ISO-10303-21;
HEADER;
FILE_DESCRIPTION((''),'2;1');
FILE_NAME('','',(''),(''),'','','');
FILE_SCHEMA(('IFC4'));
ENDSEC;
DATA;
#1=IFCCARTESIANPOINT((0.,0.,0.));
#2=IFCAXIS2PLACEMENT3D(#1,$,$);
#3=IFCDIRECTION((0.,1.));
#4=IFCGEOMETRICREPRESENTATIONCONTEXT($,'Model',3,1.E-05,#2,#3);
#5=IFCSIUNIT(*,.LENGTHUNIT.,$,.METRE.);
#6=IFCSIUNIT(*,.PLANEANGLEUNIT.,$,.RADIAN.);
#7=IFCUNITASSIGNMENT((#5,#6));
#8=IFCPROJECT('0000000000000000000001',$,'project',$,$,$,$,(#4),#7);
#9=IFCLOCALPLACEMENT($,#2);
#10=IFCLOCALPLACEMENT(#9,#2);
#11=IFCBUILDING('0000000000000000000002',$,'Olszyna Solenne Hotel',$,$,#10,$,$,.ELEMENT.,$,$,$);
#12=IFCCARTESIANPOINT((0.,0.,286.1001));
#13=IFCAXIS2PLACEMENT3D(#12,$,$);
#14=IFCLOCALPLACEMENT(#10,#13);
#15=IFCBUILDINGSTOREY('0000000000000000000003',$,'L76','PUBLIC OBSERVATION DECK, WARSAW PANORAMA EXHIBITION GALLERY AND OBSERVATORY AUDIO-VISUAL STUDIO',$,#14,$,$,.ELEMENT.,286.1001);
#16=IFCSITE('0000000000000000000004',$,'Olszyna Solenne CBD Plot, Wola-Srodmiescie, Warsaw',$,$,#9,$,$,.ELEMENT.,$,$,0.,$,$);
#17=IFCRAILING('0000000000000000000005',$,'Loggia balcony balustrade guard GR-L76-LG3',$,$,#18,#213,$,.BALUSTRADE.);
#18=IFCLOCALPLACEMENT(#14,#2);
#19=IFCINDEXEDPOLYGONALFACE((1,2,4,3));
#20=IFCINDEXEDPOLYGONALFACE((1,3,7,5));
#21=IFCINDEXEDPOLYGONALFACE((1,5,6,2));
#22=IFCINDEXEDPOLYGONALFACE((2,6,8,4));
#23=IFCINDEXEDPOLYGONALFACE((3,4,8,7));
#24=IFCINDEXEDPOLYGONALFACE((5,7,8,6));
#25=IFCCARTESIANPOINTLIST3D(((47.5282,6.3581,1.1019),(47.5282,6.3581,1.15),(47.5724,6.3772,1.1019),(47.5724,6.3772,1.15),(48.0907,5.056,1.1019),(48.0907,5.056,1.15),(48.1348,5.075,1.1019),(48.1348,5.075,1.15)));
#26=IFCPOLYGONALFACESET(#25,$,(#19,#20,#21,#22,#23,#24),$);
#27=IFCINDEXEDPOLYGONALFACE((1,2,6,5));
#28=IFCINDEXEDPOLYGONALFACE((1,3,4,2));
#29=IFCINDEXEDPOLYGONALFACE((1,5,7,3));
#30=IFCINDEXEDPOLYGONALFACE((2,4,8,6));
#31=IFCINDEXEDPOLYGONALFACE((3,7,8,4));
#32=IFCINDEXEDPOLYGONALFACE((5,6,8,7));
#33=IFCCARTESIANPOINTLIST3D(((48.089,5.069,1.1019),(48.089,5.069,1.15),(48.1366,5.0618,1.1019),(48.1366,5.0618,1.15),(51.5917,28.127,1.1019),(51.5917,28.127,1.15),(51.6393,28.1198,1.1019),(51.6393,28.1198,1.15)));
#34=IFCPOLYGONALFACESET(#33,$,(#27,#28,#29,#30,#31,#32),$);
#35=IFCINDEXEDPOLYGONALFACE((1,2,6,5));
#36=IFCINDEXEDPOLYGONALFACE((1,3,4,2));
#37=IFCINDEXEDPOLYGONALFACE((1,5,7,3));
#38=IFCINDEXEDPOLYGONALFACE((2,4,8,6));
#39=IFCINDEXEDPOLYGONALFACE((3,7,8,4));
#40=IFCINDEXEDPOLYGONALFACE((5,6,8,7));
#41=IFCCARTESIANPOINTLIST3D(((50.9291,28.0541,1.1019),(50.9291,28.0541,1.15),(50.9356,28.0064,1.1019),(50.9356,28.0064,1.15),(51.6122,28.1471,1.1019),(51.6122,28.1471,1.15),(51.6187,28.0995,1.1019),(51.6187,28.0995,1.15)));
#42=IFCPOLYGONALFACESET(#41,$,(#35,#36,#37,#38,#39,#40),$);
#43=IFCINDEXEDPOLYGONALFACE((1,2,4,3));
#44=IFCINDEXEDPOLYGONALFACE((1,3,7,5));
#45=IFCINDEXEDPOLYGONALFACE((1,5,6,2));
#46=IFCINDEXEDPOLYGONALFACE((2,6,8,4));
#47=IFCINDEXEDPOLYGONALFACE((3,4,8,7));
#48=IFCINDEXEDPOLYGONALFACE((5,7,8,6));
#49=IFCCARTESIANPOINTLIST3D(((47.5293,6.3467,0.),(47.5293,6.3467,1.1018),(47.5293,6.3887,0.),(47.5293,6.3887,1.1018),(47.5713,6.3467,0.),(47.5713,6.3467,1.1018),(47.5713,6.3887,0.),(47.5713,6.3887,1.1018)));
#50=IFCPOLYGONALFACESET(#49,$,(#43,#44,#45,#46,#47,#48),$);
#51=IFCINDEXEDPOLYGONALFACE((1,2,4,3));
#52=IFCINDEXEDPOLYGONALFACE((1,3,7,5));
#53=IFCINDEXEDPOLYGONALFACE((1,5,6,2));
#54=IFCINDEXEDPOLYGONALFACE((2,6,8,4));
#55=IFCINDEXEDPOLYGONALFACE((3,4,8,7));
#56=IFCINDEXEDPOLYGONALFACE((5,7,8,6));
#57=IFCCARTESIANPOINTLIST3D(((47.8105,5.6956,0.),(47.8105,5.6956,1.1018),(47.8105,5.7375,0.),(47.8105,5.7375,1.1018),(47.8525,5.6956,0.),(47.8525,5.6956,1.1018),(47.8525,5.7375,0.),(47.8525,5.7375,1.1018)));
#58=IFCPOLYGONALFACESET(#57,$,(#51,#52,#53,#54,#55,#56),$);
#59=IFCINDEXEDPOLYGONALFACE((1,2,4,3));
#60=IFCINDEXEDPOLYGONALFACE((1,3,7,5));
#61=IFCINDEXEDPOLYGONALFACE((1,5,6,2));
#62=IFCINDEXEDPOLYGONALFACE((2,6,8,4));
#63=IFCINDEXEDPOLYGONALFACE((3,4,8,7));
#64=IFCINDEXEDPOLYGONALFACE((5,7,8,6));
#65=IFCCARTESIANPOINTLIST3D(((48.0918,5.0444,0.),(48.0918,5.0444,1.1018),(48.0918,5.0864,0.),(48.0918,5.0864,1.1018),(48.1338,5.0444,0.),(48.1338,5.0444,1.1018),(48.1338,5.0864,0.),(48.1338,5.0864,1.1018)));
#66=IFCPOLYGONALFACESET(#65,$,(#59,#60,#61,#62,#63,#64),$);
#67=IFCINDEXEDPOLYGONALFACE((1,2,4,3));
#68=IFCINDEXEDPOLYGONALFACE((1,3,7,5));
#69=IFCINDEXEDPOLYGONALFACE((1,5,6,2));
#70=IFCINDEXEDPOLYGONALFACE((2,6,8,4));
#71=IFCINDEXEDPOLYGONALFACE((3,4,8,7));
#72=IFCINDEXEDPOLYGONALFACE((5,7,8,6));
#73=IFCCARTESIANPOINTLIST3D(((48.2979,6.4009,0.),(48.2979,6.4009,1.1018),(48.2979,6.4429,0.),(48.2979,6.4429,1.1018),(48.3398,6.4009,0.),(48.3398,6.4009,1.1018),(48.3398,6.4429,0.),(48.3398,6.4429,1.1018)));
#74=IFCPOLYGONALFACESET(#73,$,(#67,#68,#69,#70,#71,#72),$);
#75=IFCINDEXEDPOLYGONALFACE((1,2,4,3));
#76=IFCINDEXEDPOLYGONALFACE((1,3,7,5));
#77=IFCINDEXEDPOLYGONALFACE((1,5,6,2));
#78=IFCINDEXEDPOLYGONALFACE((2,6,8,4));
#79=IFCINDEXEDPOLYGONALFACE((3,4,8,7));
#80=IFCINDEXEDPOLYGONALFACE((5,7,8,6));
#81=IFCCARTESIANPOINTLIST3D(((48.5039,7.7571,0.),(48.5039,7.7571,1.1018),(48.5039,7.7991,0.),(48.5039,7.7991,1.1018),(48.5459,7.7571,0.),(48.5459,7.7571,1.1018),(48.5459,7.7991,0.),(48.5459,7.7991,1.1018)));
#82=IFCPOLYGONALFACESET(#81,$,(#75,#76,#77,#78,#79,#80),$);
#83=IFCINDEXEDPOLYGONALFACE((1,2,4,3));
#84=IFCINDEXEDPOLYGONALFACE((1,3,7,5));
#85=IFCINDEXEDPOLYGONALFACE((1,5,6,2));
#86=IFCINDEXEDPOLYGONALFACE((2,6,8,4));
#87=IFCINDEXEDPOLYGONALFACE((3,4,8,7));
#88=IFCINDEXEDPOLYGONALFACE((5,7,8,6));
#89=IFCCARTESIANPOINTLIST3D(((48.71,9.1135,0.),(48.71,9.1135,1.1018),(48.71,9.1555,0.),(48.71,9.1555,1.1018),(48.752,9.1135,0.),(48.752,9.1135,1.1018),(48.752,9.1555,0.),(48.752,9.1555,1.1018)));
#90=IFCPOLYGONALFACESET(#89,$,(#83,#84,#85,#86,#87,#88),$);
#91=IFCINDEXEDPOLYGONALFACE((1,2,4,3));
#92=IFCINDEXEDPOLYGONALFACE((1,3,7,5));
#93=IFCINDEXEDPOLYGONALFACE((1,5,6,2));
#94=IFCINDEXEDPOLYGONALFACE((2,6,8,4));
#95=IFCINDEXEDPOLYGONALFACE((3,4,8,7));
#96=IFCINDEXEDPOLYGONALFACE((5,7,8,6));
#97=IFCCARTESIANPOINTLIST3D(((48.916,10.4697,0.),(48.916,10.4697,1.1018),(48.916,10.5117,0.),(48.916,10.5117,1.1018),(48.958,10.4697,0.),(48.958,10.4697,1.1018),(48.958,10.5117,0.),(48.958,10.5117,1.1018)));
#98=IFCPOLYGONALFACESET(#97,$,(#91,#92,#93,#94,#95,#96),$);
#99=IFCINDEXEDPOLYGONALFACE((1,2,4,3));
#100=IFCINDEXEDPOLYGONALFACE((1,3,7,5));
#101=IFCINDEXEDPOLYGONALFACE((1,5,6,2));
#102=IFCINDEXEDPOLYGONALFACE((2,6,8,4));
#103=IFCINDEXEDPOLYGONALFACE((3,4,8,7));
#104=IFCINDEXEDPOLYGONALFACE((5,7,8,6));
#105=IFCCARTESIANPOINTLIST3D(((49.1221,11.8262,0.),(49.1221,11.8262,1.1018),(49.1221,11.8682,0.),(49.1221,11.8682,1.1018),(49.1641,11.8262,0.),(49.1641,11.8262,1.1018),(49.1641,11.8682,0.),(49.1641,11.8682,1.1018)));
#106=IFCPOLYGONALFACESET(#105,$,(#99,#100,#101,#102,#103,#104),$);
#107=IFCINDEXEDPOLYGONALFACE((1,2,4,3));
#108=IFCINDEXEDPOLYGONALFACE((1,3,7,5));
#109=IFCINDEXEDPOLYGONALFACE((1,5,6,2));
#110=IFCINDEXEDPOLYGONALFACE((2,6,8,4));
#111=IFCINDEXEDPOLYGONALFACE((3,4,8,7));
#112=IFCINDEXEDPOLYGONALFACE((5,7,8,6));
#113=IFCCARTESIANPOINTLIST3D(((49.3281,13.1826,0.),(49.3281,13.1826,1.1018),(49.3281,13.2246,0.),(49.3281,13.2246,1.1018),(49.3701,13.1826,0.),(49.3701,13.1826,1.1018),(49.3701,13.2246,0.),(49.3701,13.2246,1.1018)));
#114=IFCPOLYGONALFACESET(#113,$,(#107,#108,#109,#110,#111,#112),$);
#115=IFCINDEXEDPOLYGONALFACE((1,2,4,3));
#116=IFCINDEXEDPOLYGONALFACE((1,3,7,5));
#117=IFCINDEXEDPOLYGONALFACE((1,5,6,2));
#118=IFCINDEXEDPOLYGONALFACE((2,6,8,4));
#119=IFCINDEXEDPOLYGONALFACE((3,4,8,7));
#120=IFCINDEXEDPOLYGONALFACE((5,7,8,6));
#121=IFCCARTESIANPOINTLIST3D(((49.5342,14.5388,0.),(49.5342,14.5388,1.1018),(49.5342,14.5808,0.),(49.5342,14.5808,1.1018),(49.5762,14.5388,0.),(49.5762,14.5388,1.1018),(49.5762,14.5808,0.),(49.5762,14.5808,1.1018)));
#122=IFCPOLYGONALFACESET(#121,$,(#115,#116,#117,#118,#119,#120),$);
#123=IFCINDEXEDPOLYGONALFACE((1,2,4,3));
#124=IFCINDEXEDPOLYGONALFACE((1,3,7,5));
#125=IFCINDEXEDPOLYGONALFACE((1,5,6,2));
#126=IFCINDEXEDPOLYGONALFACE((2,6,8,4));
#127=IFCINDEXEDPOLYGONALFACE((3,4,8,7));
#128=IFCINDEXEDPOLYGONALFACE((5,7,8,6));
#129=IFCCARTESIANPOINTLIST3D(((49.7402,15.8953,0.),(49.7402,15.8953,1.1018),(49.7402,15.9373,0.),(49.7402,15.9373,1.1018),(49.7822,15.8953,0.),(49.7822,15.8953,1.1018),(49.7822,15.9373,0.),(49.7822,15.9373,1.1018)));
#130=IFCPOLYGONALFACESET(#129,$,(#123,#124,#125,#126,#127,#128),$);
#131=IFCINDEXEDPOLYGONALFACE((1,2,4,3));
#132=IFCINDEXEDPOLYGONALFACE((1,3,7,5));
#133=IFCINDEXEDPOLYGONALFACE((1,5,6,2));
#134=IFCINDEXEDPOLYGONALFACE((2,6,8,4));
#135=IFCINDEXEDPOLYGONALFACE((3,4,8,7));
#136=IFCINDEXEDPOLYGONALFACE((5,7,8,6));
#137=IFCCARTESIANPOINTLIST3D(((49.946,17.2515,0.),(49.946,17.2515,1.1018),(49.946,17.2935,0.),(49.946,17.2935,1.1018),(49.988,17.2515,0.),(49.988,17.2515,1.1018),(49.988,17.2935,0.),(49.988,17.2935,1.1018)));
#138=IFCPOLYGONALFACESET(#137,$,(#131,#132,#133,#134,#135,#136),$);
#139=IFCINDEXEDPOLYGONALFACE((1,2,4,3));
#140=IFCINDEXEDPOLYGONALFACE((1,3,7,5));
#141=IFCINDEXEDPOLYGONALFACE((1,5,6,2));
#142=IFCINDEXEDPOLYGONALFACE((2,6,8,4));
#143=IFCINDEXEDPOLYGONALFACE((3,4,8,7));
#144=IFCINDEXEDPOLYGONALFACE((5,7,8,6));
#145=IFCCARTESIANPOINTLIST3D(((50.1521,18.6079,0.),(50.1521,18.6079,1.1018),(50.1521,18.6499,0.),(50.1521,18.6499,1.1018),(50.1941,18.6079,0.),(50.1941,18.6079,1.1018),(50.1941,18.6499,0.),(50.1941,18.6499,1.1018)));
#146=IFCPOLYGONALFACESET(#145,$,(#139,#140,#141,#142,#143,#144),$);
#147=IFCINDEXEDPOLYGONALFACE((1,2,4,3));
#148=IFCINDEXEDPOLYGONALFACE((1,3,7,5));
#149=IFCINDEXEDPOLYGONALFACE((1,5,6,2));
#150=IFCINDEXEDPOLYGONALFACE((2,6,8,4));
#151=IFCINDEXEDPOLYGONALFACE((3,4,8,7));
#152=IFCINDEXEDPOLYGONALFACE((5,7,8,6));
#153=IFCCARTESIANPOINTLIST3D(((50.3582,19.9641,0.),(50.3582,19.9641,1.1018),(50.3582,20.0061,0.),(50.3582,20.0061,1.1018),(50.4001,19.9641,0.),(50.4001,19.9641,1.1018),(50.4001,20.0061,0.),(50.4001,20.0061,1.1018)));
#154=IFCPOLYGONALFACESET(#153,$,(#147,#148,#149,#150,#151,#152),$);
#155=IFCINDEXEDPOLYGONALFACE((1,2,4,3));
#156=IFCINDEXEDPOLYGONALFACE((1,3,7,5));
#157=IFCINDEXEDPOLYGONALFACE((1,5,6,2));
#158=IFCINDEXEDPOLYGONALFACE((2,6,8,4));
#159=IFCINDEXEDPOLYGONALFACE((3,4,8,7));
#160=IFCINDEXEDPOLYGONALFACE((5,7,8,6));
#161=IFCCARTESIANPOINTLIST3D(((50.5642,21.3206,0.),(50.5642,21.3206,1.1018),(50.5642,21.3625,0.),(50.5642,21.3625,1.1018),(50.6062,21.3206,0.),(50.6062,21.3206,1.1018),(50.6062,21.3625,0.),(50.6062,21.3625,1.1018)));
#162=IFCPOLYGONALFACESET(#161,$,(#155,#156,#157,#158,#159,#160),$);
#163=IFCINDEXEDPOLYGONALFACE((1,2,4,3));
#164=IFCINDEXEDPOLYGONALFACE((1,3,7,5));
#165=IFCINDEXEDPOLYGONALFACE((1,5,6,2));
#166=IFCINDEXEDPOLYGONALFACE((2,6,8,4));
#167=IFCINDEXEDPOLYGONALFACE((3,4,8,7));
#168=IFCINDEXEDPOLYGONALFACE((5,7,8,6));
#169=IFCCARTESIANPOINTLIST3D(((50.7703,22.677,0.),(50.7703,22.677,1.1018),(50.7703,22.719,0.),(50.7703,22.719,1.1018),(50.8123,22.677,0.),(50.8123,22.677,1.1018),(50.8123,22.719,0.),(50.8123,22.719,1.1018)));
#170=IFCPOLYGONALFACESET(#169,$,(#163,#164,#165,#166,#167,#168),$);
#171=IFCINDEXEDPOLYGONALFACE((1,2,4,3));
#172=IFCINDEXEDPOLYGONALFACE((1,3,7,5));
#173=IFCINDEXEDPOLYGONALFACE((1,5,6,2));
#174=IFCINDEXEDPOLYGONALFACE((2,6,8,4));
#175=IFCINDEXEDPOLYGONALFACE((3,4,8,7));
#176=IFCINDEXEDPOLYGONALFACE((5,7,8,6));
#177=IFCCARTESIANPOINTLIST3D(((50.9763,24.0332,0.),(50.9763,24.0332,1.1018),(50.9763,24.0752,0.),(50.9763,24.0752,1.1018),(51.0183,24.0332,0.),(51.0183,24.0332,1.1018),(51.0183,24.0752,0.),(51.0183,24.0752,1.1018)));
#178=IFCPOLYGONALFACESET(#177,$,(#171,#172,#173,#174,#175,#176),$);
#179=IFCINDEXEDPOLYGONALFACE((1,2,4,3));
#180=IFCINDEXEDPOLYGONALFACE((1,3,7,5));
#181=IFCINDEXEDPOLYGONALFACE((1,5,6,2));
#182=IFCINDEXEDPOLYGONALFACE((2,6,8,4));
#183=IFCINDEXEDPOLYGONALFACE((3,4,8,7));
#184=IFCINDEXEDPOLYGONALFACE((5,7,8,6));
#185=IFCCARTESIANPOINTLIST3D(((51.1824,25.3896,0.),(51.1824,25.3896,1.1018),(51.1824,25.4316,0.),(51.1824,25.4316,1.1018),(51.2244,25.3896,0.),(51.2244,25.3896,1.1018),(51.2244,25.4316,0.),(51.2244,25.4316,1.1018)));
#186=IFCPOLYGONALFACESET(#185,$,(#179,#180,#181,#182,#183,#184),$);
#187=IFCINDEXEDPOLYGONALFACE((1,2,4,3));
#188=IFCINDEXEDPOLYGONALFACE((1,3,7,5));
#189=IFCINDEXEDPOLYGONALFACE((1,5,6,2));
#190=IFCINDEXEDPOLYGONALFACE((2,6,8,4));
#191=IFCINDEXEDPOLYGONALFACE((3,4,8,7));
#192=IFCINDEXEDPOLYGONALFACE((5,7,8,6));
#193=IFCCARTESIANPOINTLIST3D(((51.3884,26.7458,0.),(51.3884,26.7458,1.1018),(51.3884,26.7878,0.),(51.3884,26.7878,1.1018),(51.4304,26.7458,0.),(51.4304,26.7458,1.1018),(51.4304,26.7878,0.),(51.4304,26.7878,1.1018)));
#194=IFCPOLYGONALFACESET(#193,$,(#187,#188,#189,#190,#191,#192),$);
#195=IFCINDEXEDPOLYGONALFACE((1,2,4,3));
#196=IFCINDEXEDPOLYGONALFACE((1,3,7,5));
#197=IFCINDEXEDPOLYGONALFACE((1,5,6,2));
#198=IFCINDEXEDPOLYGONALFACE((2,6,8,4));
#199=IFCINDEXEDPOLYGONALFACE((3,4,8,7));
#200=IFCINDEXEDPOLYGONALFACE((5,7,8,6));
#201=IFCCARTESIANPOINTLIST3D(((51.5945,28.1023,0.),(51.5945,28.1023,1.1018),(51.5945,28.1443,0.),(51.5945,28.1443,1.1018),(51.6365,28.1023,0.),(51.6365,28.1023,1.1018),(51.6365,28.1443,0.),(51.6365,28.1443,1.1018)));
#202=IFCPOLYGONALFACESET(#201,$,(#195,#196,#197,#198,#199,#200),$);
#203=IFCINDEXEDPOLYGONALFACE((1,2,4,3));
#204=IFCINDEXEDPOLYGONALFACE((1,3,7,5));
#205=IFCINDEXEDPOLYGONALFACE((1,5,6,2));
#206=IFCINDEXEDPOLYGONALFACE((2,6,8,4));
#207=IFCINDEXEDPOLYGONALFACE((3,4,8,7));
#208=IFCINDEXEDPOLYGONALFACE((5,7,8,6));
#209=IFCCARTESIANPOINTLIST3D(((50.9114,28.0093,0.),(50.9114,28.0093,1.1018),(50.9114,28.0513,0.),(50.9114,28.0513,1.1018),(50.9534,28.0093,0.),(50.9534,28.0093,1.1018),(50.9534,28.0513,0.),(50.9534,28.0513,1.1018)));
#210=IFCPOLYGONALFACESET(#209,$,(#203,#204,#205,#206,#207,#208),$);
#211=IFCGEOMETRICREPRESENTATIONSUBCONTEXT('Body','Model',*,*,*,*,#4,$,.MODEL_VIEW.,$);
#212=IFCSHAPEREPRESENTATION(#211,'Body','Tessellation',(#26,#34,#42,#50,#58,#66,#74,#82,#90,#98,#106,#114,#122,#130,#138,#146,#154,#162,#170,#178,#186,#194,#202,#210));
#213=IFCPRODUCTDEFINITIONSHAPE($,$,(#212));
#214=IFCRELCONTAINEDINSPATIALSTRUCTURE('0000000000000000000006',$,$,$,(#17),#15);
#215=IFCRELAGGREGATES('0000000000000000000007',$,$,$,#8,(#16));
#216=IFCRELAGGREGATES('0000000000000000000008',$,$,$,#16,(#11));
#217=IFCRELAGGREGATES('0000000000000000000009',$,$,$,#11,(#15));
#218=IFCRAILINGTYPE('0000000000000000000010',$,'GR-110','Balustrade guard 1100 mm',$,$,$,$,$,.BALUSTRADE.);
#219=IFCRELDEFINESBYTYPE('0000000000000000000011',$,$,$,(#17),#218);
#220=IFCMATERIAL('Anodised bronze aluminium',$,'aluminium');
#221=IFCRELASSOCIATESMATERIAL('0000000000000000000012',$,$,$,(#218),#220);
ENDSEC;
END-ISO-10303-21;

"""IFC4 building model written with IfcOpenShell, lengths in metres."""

from ifc_helpers import new_model, si_unit, direction, frame, origin, origin_2d, place, context, subcontext, project, spatial, rectangle, extrude, material, type_object, element, save


model = new_model("IFC4")

# Units and contexts
model_context = context("Model", 3, precision=1e-05, world=origin(), true_north=direction((0.0, 1.0)))
body_context = subcontext(model_context, "Body", "Model", "MODEL_VIEW")
ifc_project = project(units=[si_unit("LENGTHUNIT", "METRE"), si_unit("PLANEANGLEUNIT", "RADIAN")], contexts=[model_context])

# Site, building, storey
site_placement = place(None, origin())
site = spatial("IfcSite", under=ifc_project, at=site_placement, Name="Olszyna Solenne CBD Plot, Wola-Srodmiescie, Warsaw", CompositionType="ELEMENT", RefElevation=0.0)
building_placement = place(site_placement, origin())
building = spatial("IfcBuilding", under=site, at=building_placement, Name="Olszyna Solenne Hotel", CompositionType="ELEMENT")
storey_placement = place(building_placement, frame((0.0, 0.0, 286.1001)))
storey = spatial("IfcBuildingStorey", under=building, at=storey_placement, Name="L76", Description="PUBLIC OBSERVATION DECK, WARSAW PANORAMA EXHIBITION GALLERY AND OBSERVATORY AUDIO-VISUAL STUDIO", CompositionType="ELEMENT", Elevation=286.1001)

# Shared definitions
ifc_material_1 = material(Name="Anodised bronze aluminium", Category="aluminium")

# Railing
railing_type = type_object("IfcRailingType", Name="GR-110", Description="Balustrade guard 1100 mm", PredefinedType="BALUSTRADE", material=ifc_material_1)
railing_placement = place(storey_placement, frame((47.5503, 6.3677, 0.0)))
element("IfcRailing", 1, at=railing_placement, inside=storey, type_object=railing_type, Name="Loggia balcony balustrade guard GR-L76-LG3", PredefinedType="BALUSTRADE", context=body_context, shape_type="SweptSolid", body=[
    extrude(rectangle(XDim=0.0481, YDim=0.0481, at=origin_2d()), frame((0.0, 0.0, 1.126), z_axis=(0.396535, -0.91802, 0.0), x_axis=(0.91802, 0.396535, 0.0)), (0.0, 0.0, 1.0), 1.4185),
    extrude(rectangle(XDim=0.0481, YDim=0.0481, at=origin_2d()), frame((0.5625, -1.3022, 1.126), z_axis=(0.150186, 0.988658, 0.0), x_axis=(-0.988658, 0.150186, 0.0)), (0.0, 0.0, 1.0), 23.3225),
    extrude(rectangle(XDim=0.0481, YDim=0.0481, at=origin_2d()), frame((4.0652, 21.7556, 1.126), z_axis=(-0.990856, -0.134924, 0.0), x_axis=(0.134924, -0.990856, 0.0)), (0.0, 0.0, 1.0), 0.6895),
    extrude(rectangle(XDim=0.042, YDim=0.042, at=origin_2d()), origin(), (0.0, 0.0, 1.0), 1.1018),
    extrude(rectangle(XDim=0.042, YDim=0.042, at=origin_2d()), frame((0.2812, -0.6511, 0.0)), (0.0, 0.0, 1.0), 1.1018),
    extrude(rectangle(XDim=0.042, YDim=0.042, at=origin_2d()), frame((0.5625, -1.3022, 0.0)), (0.0, 0.0, 1.0), 1.1018),
    extrude(rectangle(XDim=0.042, YDim=0.042, at=origin_2d()), frame((0.7686, 0.0542, 0.0)), (0.0, 0.0, 1.0), 1.1018),
    extrude(rectangle(XDim=0.042, YDim=0.042, at=origin_2d()), frame((0.9746, 1.4104, 0.0)), (0.0, 0.0, 1.0), 1.1018),
    extrude(rectangle(XDim=0.042, YDim=0.042, at=origin_2d()), frame((1.1807, 2.7668, 0.0)), (0.0, 0.0, 1.0), 1.1018),
    extrude(rectangle(XDim=0.042, YDim=0.042, at=origin_2d()), frame((1.3867, 4.123, 0.0)), (0.0, 0.0, 1.0), 1.1018),
    extrude(rectangle(XDim=0.042, YDim=0.042, at=origin_2d()), frame((1.5928, 5.4795, 0.0)), (0.0, 0.0, 1.0), 1.1018),
    extrude(rectangle(XDim=0.042, YDim=0.042, at=origin_2d()), frame((1.7988, 6.8359, 0.0)), (0.0, 0.0, 1.0), 1.1018),
    extrude(rectangle(XDim=0.042, YDim=0.042, at=origin_2d()), frame((2.0049, 8.1921, 0.0)), (0.0, 0.0, 1.0), 1.1018),
    extrude(rectangle(XDim=0.042, YDim=0.042, at=origin_2d()), frame((2.2109, 9.5486, 0.0)), (0.0, 0.0, 1.0), 1.1018),
    extrude(rectangle(XDim=0.042, YDim=0.042, at=origin_2d()), frame((2.4167, 10.9048, 0.0)), (0.0, 0.0, 1.0), 1.1018),
    extrude(rectangle(XDim=0.042, YDim=0.042, at=origin_2d()), frame((2.6228, 12.2612, 0.0)), (0.0, 0.0, 1.0), 1.1018),
    extrude(rectangle(XDim=0.042, YDim=0.042, at=origin_2d()), frame((2.8289, 13.6174, 0.0)), (0.0, 0.0, 1.0), 1.1018),
    extrude(rectangle(XDim=0.042, YDim=0.042, at=origin_2d()), frame((3.0349, 14.9739, 0.0)), (0.0, 0.0, 1.0), 1.1018),
    extrude(rectangle(XDim=0.042, YDim=0.042, at=origin_2d()), frame((3.241, 16.3303, 0.0)), (0.0, 0.0, 1.0), 1.1018),
    extrude(rectangle(XDim=0.042, YDim=0.042, at=origin_2d()), frame((3.447, 17.6865, 0.0)), (0.0, 0.0, 1.0), 1.1018),
    extrude(rectangle(XDim=0.042, YDim=0.042, at=origin_2d()), frame((3.6531, 19.043, 0.0)), (0.0, 0.0, 1.0), 1.1018),
    extrude(rectangle(XDim=0.042, YDim=0.042, at=origin_2d()), frame((3.8591, 20.3992, 0.0)), (0.0, 0.0, 1.0), 1.1018),
    extrude(rectangle(XDim=0.042, YDim=0.042, at=origin_2d()), frame((4.0652, 21.7556, 0.0)), (0.0, 0.0, 1.0), 1.1018),
    extrude(rectangle(XDim=0.042, YDim=0.042, at=origin_2d()), frame((3.3821, 21.6626, 0.0)), (0.0, 0.0, 1.0), 1.1018),
])

save(model, "model.ifc")
